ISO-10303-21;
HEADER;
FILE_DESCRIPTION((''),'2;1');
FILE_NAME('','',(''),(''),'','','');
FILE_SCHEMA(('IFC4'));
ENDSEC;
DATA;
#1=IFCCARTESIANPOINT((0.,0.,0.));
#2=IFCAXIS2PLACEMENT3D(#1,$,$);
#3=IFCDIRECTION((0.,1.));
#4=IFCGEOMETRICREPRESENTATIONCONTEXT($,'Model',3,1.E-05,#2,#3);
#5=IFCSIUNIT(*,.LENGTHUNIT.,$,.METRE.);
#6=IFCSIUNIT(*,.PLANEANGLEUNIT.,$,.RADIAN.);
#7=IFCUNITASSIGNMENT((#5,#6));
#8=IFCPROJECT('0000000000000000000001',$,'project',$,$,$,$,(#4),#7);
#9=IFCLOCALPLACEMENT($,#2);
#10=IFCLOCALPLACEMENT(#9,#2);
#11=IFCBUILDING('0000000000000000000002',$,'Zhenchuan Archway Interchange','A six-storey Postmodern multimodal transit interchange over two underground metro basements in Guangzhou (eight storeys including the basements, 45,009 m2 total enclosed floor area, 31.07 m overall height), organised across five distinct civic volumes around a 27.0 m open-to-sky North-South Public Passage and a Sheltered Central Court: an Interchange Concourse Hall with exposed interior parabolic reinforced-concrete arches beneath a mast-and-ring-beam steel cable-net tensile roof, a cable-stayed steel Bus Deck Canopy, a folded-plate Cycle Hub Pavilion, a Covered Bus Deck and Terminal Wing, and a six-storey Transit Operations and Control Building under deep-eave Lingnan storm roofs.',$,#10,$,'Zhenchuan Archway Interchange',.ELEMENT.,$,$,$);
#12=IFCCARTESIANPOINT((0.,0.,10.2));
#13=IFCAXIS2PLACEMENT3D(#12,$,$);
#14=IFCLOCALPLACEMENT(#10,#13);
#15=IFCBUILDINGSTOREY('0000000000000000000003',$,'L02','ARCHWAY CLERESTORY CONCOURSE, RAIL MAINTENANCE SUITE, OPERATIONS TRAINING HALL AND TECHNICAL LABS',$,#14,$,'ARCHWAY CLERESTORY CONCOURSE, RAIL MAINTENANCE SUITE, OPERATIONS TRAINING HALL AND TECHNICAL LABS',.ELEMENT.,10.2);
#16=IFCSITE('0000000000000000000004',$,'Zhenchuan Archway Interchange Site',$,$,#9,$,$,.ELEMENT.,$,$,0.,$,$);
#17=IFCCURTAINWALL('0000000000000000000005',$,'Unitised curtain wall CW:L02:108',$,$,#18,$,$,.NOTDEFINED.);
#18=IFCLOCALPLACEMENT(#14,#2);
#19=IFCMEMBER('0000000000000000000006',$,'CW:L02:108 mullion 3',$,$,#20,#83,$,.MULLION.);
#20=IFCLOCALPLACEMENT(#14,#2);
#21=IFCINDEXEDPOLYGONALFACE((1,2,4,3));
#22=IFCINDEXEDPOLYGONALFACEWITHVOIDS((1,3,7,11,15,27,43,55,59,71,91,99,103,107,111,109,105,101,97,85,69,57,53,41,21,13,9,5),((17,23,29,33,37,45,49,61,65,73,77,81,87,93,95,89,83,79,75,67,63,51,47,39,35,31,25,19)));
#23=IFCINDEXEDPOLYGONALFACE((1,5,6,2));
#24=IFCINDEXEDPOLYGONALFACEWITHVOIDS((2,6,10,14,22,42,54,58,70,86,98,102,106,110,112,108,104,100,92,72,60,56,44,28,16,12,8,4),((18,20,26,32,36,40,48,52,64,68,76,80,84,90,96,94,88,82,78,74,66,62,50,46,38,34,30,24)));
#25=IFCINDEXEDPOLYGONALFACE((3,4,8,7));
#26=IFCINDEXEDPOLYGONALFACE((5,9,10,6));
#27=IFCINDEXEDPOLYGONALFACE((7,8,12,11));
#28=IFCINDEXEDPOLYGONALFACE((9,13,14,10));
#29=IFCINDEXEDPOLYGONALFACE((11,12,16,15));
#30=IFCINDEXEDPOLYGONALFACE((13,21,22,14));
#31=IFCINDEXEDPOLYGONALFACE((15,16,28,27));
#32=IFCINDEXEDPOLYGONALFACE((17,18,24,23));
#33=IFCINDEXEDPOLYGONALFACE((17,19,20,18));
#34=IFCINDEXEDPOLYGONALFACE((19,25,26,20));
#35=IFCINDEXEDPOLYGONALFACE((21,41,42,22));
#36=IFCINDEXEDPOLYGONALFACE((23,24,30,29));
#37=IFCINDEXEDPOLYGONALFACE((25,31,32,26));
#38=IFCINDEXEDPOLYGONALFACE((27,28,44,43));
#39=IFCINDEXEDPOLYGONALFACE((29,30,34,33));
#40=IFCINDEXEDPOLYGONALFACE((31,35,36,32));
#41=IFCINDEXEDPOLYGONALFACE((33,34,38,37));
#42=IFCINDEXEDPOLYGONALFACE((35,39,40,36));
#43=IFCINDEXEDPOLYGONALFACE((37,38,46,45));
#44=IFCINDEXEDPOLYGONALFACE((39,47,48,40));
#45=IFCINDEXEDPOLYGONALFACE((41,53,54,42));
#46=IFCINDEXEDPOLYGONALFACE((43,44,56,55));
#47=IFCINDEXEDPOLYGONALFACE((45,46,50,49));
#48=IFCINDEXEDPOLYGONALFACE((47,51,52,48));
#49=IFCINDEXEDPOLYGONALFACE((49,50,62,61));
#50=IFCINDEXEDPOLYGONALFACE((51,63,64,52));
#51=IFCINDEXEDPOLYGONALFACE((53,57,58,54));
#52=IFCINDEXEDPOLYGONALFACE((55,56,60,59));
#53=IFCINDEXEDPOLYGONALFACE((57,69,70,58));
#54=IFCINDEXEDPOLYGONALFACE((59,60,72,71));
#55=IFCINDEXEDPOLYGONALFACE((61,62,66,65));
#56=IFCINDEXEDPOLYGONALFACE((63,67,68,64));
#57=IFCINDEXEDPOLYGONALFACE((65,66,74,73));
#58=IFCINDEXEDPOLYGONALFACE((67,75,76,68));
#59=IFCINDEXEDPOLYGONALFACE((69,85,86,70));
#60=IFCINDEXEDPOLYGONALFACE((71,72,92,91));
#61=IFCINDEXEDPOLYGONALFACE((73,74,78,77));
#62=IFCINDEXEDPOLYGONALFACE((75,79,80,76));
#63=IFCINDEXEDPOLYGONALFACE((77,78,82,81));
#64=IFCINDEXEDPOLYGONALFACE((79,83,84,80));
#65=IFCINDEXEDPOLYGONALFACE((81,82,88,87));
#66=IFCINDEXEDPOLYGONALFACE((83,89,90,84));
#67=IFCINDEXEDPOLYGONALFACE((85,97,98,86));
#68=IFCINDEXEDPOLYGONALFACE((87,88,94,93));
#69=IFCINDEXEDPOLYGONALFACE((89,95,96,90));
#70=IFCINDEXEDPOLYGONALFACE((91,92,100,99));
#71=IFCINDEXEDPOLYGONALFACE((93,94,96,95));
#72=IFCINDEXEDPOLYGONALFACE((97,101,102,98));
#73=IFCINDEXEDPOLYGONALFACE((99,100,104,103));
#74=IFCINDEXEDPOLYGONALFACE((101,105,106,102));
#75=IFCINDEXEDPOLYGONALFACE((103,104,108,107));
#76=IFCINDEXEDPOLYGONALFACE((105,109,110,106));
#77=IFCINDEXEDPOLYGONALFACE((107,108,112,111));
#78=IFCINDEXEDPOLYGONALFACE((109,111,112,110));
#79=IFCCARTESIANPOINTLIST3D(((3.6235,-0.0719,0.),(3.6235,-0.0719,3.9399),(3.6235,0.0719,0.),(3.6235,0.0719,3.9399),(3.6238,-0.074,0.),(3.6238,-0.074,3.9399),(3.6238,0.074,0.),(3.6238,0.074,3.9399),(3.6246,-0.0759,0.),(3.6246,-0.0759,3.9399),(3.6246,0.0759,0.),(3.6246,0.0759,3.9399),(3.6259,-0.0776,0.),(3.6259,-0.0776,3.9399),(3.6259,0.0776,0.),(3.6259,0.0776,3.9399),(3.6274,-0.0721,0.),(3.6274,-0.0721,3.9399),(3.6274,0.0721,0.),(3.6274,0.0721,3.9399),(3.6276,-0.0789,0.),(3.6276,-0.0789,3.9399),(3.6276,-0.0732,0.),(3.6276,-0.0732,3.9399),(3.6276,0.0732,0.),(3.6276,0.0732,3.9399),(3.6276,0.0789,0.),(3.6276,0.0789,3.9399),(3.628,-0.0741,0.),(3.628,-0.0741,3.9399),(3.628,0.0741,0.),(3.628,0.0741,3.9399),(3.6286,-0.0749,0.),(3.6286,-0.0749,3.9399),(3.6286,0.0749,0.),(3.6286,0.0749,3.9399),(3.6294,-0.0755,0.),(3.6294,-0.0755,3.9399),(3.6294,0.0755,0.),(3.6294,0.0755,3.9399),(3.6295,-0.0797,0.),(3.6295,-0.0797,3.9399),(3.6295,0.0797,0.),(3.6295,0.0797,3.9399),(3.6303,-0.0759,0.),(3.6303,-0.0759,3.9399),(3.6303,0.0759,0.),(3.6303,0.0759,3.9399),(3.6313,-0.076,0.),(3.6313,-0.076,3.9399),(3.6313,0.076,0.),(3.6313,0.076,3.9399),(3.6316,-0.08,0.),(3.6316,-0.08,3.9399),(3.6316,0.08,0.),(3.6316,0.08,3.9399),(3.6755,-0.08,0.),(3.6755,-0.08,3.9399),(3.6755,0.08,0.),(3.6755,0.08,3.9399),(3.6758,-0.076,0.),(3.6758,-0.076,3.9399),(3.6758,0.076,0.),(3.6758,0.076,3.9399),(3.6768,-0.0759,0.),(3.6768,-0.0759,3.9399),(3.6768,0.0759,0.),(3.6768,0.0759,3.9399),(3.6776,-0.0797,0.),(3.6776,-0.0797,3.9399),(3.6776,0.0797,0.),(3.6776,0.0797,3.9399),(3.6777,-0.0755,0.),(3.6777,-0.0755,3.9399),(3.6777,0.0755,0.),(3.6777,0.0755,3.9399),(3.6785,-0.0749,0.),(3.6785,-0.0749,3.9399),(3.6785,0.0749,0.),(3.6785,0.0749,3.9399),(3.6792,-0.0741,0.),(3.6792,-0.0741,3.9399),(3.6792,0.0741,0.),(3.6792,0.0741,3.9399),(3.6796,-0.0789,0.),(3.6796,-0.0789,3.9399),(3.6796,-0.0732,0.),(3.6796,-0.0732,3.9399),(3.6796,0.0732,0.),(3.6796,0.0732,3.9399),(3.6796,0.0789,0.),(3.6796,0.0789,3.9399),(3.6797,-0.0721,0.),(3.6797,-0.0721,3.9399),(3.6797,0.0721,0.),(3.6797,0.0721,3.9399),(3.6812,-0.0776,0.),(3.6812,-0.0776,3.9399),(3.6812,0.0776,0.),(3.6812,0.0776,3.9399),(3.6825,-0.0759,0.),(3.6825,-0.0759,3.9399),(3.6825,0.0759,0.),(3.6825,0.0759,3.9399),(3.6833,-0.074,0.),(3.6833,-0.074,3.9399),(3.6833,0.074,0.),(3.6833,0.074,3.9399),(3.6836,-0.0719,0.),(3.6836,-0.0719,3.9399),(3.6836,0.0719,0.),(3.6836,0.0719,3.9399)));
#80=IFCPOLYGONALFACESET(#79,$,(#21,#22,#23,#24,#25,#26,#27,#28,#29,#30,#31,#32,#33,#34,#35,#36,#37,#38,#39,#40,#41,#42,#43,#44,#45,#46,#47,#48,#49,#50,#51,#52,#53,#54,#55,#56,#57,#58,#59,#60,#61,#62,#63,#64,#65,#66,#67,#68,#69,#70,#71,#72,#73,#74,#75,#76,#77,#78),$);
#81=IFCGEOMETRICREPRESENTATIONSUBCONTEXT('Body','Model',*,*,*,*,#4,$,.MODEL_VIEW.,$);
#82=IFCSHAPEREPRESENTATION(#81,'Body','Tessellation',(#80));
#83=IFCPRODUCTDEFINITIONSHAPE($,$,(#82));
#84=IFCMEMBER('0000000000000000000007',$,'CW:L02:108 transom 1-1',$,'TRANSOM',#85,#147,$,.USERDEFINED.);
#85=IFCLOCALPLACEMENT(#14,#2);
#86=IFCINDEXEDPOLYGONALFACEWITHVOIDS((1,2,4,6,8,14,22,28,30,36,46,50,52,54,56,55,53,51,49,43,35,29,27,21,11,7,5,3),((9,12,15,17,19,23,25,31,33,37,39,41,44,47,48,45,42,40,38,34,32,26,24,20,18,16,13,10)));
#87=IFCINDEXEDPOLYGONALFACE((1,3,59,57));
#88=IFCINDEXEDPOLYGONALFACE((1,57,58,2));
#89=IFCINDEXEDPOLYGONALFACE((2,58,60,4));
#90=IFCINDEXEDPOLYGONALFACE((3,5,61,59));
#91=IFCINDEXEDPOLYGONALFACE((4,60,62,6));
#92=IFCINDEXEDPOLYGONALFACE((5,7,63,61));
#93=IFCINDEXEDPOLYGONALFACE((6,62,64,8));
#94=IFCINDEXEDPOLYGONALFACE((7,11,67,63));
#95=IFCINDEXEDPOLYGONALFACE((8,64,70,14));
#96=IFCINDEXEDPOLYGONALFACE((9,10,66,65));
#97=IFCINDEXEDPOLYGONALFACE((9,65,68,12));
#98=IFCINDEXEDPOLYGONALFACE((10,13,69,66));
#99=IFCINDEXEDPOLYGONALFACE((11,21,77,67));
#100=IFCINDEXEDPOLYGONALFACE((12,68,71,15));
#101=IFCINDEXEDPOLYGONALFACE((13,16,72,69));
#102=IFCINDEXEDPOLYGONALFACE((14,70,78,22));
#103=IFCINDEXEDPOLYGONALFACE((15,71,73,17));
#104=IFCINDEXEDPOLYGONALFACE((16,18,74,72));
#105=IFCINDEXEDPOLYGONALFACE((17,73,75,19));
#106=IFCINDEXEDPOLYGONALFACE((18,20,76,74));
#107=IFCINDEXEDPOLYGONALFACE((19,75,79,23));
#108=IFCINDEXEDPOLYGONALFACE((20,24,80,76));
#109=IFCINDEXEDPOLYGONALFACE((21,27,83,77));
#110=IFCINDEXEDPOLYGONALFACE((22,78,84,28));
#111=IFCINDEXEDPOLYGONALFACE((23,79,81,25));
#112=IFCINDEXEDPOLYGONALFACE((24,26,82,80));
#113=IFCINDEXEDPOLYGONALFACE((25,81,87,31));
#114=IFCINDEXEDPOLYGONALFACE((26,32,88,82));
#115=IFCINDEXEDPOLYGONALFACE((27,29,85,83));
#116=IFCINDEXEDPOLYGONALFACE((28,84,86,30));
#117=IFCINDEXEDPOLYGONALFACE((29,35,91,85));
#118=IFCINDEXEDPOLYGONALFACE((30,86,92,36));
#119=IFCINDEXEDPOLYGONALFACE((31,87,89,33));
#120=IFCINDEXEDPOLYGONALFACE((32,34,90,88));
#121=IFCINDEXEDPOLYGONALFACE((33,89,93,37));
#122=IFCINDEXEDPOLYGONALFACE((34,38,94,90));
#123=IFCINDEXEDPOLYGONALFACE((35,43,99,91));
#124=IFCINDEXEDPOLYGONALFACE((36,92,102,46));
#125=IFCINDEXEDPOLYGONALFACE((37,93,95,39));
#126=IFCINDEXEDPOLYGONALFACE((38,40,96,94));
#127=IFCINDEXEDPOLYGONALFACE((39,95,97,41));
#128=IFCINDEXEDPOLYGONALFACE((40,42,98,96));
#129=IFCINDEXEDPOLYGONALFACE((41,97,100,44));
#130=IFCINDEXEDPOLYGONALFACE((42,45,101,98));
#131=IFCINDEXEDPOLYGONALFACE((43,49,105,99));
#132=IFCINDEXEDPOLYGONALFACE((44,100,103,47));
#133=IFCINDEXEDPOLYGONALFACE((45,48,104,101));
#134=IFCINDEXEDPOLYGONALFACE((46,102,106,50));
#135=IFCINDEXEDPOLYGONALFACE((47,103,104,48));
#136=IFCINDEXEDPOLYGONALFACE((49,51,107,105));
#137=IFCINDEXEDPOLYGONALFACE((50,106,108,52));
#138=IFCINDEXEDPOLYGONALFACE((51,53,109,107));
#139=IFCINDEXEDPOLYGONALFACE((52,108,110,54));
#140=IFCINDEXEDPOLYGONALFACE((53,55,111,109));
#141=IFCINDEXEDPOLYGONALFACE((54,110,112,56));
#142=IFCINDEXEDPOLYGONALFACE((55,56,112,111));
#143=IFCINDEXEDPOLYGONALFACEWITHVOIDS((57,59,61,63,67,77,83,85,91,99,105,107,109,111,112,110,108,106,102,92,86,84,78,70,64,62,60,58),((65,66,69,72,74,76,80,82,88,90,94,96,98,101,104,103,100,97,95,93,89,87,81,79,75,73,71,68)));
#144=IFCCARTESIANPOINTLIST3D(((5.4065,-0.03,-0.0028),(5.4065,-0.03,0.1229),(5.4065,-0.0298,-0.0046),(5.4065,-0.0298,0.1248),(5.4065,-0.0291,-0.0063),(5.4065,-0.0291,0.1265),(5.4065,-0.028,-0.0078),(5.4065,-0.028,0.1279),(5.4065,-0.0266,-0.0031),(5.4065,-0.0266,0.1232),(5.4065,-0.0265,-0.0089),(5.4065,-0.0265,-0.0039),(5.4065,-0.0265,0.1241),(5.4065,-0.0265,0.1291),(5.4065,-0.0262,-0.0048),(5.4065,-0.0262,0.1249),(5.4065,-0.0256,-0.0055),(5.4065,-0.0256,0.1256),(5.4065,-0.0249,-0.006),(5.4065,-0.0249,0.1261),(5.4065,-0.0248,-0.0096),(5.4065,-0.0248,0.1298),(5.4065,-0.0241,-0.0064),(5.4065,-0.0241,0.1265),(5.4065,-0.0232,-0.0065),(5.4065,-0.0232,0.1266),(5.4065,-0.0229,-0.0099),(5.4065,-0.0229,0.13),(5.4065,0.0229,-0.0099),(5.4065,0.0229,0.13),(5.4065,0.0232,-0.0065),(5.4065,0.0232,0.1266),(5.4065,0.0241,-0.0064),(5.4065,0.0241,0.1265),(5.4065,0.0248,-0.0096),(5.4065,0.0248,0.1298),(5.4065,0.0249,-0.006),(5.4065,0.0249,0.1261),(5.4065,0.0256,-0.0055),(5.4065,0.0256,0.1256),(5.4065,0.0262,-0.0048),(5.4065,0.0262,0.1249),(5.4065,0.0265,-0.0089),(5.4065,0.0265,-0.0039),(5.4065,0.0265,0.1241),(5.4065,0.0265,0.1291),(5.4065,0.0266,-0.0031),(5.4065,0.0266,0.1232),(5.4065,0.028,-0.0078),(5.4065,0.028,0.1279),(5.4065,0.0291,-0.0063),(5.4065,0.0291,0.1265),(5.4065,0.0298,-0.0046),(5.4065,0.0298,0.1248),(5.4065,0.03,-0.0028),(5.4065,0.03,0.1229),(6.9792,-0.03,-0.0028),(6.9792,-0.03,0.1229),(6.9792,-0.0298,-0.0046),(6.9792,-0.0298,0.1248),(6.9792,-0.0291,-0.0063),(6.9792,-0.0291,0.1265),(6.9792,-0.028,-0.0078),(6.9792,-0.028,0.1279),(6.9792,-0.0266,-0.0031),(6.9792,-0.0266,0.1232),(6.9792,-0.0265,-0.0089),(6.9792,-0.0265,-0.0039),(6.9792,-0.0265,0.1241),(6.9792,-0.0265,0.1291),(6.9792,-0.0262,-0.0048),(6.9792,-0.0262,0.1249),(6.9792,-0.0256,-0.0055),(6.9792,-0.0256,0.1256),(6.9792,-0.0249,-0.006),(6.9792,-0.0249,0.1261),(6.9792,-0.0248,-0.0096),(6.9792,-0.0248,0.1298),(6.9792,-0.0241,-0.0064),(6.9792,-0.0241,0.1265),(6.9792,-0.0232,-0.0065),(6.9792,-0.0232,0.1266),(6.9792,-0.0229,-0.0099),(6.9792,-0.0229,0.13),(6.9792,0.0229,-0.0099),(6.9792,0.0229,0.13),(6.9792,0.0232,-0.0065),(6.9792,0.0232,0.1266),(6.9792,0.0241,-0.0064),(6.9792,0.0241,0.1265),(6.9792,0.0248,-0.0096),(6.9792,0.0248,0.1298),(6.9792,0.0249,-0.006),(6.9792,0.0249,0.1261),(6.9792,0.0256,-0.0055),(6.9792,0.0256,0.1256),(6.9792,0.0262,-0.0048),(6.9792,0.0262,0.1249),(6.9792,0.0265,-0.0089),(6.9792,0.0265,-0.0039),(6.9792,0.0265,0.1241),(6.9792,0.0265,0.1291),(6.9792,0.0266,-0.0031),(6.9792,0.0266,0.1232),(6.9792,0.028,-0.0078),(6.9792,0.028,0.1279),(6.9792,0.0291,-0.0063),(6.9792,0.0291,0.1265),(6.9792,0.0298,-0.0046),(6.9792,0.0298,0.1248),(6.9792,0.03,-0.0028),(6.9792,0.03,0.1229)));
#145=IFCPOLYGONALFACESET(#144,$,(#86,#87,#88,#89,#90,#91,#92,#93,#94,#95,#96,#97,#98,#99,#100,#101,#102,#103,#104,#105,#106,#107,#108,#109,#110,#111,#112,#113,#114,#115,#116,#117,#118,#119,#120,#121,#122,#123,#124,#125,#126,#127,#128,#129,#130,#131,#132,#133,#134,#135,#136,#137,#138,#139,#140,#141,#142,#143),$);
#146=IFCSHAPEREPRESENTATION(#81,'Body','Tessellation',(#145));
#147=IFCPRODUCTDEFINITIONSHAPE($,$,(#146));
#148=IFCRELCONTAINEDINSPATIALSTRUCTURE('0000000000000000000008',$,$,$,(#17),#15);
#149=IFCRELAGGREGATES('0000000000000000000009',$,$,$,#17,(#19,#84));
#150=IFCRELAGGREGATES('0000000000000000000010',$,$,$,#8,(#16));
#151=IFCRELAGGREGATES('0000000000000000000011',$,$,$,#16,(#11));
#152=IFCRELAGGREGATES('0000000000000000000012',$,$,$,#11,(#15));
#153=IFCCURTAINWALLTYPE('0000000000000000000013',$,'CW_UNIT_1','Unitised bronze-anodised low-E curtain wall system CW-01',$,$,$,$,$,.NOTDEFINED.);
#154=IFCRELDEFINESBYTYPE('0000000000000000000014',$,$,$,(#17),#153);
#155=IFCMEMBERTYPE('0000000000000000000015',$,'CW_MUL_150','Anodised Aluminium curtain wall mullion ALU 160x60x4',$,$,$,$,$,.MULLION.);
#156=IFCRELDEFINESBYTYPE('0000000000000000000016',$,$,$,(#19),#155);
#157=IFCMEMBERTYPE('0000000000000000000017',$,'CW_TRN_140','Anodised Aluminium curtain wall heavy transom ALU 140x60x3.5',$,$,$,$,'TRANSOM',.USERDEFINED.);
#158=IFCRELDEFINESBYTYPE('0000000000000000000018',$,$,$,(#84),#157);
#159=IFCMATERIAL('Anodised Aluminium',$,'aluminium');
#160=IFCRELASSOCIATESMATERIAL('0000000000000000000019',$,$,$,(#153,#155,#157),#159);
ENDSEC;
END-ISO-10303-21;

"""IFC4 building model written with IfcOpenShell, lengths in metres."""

from ifc_helpers import new_model, si_unit, direction, frame, origin, origin_2d, place, context, subcontext, project, spatial, hollow_rectangle, extrude, material, material_profile, profile_set, type_object, element, aggregate, save


model = new_model("IFC4")

# Units and contexts
model_context = context("Model", 3, precision=1e-05, world=origin(), true_north=direction((0.0, 1.0)))
body_context = subcontext(model_context, "Body", "Model", "MODEL_VIEW")
ifc_project = project(units=[si_unit("LENGTHUNIT", "METRE"), si_unit("PLANEANGLEUNIT", "RADIAN")], contexts=[model_context])

# Site, building, storey
site_placement = place(None, origin())
site = spatial("IfcSite", under=ifc_project, at=site_placement, Name="Zhenchuan Archway Interchange Site", CompositionType="ELEMENT", RefElevation=0.0)
building_placement = place(site_placement, origin())
building = spatial("IfcBuilding", under=site, at=building_placement, Name="Zhenchuan Archway Interchange", Description="A six-storey Postmodern multimodal transit interchange over two underground metro basements in Guangzhou (eight storeys including the basements, 45,009 m2 total enclosed floor area, 31.07 m overall height), organised across five distinct civic volumes around a 27.0 m open-to-sky North-South Public Passage and a Sheltered Central Court: an Interchange Concourse Hall with exposed interior parabolic reinforced-concrete arches beneath a mast-and-ring-beam steel cable-net tensile roof, a cable-stayed steel Bus Deck Canopy, a folded-plate Cycle Hub Pavilion, a Covered Bus Deck and Terminal Wing, and a six-storey Transit Operations and Control Building under deep-eave Lingnan storm roofs.", LongName="Zhenchuan Archway Interchange", CompositionType="ELEMENT")
storey_placement = place(building_placement, frame((0.0, 0.0, 10.2)))
storey = spatial("IfcBuildingStorey", under=building, at=storey_placement, Name="L02", Description="ARCHWAY CLERESTORY CONCOURSE, RAIL MAINTENANCE SUITE, OPERATIONS TRAINING HALL AND TECHNICAL LABS", LongName="ARCHWAY CLERESTORY CONCOURSE, RAIL MAINTENANCE SUITE, OPERATIONS TRAINING HALL AND TECHNICAL LABS", CompositionType="ELEMENT", Elevation=10.2)

# Curtain wall, members
ifc_material_1 = material(Name="Anodised Aluminium", Category="aluminium")
curtain_wall_type = type_object("IfcCurtainWallType", Name="CW_UNIT_1", Description="Unitised bronze-anodised low-E curtain wall system CW-01", PredefinedType="NOTDEFINED", material=ifc_material_1)
curtain_wall_placement = place(storey_placement, origin())
curtain_wall = element("IfcCurtainWall", 1, at=curtain_wall_placement, inside=storey, type_object=curtain_wall_type, Name="Unitised curtain wall CW:L02:108", PredefinedType="NOTDEFINED")
ifc_material_profile_1 = material_profile(ifc_material_1, hollow_rectangle(XDim=0.0601, YDim=0.1599, WallThickness=0.0039, InnerFilletRadius=0.0039, OuterFilletRadius=0.0081, at=origin_2d()), Name="ALU 160x60x4")
ifc_profile_set_1 = profile_set([ifc_material_profile_1], Name="Anodised Aluminium")
member_type_1 = type_object("IfcMemberType", Name="CW_MUL_150", Description="Anodised Aluminium curtain wall mullion ALU 160x60x4", PredefinedType="MULLION", material=ifc_profile_set_1)
member_1_placement = place(storey_placement, frame((3.6536, 0.0, 0.0), z_axis=(0.0, 0.0, 1.0), x_axis=(1.0, 0.0, 0.0)))
member_1 = element("IfcMember", 2, at=member_1_placement, type_object=member_type_1, Name="CW:L02:108 mullion 3", PredefinedType="MULLION", context=body_context, shape_type="SweptSolid", body=[
    extrude(hollow_rectangle(XDim=0.0601, YDim=0.1599, WallThickness=0.0039, InnerFilletRadius=0.0039, OuterFilletRadius=0.0081, at=origin_2d()), origin(), (0.0, 0.0, 1.0), 3.9399),
])
ifc_material_profile_2 = material_profile(ifc_material_1, hollow_rectangle(XDim=0.0601, YDim=0.1399, WallThickness=0.0034, InnerFilletRadius=0.0034, OuterFilletRadius=0.0071, at=origin_2d()), Name="ALU 140x60x3.5")
ifc_profile_set_2 = profile_set([ifc_material_profile_2], Name="Anodised Aluminium")
member_type_2 = type_object("IfcMemberType", Name="CW_TRN_140", Description="Anodised Aluminium curtain wall heavy transom ALU 140x60x3.5", ElementType="TRANSOM", PredefinedType="USERDEFINED", material=ifc_profile_set_2)
member_2_placement = place(storey_placement, frame((6.9792, 0.0, 0.0601), z_axis=(-1.0, 0.0, 0.0), x_axis=(0.0, -1.0, 0.0)))
member_2 = element("IfcMember", 3, at=member_2_placement, type_object=member_type_2, Name="CW:L02:108 transom 1-1", ObjectType="TRANSOM", PredefinedType="USERDEFINED", context=body_context, shape_type="SweptSolid", body=[
    extrude(hollow_rectangle(XDim=0.0601, YDim=0.1399, WallThickness=0.0034, InnerFilletRadius=0.0034, OuterFilletRadius=0.0071, at=origin_2d()), origin(), (0.0, 0.0, 1.0), 1.5728),
])

aggregate(curtain_wall, [member_1, member_2])

save(model, "model.ifc")
